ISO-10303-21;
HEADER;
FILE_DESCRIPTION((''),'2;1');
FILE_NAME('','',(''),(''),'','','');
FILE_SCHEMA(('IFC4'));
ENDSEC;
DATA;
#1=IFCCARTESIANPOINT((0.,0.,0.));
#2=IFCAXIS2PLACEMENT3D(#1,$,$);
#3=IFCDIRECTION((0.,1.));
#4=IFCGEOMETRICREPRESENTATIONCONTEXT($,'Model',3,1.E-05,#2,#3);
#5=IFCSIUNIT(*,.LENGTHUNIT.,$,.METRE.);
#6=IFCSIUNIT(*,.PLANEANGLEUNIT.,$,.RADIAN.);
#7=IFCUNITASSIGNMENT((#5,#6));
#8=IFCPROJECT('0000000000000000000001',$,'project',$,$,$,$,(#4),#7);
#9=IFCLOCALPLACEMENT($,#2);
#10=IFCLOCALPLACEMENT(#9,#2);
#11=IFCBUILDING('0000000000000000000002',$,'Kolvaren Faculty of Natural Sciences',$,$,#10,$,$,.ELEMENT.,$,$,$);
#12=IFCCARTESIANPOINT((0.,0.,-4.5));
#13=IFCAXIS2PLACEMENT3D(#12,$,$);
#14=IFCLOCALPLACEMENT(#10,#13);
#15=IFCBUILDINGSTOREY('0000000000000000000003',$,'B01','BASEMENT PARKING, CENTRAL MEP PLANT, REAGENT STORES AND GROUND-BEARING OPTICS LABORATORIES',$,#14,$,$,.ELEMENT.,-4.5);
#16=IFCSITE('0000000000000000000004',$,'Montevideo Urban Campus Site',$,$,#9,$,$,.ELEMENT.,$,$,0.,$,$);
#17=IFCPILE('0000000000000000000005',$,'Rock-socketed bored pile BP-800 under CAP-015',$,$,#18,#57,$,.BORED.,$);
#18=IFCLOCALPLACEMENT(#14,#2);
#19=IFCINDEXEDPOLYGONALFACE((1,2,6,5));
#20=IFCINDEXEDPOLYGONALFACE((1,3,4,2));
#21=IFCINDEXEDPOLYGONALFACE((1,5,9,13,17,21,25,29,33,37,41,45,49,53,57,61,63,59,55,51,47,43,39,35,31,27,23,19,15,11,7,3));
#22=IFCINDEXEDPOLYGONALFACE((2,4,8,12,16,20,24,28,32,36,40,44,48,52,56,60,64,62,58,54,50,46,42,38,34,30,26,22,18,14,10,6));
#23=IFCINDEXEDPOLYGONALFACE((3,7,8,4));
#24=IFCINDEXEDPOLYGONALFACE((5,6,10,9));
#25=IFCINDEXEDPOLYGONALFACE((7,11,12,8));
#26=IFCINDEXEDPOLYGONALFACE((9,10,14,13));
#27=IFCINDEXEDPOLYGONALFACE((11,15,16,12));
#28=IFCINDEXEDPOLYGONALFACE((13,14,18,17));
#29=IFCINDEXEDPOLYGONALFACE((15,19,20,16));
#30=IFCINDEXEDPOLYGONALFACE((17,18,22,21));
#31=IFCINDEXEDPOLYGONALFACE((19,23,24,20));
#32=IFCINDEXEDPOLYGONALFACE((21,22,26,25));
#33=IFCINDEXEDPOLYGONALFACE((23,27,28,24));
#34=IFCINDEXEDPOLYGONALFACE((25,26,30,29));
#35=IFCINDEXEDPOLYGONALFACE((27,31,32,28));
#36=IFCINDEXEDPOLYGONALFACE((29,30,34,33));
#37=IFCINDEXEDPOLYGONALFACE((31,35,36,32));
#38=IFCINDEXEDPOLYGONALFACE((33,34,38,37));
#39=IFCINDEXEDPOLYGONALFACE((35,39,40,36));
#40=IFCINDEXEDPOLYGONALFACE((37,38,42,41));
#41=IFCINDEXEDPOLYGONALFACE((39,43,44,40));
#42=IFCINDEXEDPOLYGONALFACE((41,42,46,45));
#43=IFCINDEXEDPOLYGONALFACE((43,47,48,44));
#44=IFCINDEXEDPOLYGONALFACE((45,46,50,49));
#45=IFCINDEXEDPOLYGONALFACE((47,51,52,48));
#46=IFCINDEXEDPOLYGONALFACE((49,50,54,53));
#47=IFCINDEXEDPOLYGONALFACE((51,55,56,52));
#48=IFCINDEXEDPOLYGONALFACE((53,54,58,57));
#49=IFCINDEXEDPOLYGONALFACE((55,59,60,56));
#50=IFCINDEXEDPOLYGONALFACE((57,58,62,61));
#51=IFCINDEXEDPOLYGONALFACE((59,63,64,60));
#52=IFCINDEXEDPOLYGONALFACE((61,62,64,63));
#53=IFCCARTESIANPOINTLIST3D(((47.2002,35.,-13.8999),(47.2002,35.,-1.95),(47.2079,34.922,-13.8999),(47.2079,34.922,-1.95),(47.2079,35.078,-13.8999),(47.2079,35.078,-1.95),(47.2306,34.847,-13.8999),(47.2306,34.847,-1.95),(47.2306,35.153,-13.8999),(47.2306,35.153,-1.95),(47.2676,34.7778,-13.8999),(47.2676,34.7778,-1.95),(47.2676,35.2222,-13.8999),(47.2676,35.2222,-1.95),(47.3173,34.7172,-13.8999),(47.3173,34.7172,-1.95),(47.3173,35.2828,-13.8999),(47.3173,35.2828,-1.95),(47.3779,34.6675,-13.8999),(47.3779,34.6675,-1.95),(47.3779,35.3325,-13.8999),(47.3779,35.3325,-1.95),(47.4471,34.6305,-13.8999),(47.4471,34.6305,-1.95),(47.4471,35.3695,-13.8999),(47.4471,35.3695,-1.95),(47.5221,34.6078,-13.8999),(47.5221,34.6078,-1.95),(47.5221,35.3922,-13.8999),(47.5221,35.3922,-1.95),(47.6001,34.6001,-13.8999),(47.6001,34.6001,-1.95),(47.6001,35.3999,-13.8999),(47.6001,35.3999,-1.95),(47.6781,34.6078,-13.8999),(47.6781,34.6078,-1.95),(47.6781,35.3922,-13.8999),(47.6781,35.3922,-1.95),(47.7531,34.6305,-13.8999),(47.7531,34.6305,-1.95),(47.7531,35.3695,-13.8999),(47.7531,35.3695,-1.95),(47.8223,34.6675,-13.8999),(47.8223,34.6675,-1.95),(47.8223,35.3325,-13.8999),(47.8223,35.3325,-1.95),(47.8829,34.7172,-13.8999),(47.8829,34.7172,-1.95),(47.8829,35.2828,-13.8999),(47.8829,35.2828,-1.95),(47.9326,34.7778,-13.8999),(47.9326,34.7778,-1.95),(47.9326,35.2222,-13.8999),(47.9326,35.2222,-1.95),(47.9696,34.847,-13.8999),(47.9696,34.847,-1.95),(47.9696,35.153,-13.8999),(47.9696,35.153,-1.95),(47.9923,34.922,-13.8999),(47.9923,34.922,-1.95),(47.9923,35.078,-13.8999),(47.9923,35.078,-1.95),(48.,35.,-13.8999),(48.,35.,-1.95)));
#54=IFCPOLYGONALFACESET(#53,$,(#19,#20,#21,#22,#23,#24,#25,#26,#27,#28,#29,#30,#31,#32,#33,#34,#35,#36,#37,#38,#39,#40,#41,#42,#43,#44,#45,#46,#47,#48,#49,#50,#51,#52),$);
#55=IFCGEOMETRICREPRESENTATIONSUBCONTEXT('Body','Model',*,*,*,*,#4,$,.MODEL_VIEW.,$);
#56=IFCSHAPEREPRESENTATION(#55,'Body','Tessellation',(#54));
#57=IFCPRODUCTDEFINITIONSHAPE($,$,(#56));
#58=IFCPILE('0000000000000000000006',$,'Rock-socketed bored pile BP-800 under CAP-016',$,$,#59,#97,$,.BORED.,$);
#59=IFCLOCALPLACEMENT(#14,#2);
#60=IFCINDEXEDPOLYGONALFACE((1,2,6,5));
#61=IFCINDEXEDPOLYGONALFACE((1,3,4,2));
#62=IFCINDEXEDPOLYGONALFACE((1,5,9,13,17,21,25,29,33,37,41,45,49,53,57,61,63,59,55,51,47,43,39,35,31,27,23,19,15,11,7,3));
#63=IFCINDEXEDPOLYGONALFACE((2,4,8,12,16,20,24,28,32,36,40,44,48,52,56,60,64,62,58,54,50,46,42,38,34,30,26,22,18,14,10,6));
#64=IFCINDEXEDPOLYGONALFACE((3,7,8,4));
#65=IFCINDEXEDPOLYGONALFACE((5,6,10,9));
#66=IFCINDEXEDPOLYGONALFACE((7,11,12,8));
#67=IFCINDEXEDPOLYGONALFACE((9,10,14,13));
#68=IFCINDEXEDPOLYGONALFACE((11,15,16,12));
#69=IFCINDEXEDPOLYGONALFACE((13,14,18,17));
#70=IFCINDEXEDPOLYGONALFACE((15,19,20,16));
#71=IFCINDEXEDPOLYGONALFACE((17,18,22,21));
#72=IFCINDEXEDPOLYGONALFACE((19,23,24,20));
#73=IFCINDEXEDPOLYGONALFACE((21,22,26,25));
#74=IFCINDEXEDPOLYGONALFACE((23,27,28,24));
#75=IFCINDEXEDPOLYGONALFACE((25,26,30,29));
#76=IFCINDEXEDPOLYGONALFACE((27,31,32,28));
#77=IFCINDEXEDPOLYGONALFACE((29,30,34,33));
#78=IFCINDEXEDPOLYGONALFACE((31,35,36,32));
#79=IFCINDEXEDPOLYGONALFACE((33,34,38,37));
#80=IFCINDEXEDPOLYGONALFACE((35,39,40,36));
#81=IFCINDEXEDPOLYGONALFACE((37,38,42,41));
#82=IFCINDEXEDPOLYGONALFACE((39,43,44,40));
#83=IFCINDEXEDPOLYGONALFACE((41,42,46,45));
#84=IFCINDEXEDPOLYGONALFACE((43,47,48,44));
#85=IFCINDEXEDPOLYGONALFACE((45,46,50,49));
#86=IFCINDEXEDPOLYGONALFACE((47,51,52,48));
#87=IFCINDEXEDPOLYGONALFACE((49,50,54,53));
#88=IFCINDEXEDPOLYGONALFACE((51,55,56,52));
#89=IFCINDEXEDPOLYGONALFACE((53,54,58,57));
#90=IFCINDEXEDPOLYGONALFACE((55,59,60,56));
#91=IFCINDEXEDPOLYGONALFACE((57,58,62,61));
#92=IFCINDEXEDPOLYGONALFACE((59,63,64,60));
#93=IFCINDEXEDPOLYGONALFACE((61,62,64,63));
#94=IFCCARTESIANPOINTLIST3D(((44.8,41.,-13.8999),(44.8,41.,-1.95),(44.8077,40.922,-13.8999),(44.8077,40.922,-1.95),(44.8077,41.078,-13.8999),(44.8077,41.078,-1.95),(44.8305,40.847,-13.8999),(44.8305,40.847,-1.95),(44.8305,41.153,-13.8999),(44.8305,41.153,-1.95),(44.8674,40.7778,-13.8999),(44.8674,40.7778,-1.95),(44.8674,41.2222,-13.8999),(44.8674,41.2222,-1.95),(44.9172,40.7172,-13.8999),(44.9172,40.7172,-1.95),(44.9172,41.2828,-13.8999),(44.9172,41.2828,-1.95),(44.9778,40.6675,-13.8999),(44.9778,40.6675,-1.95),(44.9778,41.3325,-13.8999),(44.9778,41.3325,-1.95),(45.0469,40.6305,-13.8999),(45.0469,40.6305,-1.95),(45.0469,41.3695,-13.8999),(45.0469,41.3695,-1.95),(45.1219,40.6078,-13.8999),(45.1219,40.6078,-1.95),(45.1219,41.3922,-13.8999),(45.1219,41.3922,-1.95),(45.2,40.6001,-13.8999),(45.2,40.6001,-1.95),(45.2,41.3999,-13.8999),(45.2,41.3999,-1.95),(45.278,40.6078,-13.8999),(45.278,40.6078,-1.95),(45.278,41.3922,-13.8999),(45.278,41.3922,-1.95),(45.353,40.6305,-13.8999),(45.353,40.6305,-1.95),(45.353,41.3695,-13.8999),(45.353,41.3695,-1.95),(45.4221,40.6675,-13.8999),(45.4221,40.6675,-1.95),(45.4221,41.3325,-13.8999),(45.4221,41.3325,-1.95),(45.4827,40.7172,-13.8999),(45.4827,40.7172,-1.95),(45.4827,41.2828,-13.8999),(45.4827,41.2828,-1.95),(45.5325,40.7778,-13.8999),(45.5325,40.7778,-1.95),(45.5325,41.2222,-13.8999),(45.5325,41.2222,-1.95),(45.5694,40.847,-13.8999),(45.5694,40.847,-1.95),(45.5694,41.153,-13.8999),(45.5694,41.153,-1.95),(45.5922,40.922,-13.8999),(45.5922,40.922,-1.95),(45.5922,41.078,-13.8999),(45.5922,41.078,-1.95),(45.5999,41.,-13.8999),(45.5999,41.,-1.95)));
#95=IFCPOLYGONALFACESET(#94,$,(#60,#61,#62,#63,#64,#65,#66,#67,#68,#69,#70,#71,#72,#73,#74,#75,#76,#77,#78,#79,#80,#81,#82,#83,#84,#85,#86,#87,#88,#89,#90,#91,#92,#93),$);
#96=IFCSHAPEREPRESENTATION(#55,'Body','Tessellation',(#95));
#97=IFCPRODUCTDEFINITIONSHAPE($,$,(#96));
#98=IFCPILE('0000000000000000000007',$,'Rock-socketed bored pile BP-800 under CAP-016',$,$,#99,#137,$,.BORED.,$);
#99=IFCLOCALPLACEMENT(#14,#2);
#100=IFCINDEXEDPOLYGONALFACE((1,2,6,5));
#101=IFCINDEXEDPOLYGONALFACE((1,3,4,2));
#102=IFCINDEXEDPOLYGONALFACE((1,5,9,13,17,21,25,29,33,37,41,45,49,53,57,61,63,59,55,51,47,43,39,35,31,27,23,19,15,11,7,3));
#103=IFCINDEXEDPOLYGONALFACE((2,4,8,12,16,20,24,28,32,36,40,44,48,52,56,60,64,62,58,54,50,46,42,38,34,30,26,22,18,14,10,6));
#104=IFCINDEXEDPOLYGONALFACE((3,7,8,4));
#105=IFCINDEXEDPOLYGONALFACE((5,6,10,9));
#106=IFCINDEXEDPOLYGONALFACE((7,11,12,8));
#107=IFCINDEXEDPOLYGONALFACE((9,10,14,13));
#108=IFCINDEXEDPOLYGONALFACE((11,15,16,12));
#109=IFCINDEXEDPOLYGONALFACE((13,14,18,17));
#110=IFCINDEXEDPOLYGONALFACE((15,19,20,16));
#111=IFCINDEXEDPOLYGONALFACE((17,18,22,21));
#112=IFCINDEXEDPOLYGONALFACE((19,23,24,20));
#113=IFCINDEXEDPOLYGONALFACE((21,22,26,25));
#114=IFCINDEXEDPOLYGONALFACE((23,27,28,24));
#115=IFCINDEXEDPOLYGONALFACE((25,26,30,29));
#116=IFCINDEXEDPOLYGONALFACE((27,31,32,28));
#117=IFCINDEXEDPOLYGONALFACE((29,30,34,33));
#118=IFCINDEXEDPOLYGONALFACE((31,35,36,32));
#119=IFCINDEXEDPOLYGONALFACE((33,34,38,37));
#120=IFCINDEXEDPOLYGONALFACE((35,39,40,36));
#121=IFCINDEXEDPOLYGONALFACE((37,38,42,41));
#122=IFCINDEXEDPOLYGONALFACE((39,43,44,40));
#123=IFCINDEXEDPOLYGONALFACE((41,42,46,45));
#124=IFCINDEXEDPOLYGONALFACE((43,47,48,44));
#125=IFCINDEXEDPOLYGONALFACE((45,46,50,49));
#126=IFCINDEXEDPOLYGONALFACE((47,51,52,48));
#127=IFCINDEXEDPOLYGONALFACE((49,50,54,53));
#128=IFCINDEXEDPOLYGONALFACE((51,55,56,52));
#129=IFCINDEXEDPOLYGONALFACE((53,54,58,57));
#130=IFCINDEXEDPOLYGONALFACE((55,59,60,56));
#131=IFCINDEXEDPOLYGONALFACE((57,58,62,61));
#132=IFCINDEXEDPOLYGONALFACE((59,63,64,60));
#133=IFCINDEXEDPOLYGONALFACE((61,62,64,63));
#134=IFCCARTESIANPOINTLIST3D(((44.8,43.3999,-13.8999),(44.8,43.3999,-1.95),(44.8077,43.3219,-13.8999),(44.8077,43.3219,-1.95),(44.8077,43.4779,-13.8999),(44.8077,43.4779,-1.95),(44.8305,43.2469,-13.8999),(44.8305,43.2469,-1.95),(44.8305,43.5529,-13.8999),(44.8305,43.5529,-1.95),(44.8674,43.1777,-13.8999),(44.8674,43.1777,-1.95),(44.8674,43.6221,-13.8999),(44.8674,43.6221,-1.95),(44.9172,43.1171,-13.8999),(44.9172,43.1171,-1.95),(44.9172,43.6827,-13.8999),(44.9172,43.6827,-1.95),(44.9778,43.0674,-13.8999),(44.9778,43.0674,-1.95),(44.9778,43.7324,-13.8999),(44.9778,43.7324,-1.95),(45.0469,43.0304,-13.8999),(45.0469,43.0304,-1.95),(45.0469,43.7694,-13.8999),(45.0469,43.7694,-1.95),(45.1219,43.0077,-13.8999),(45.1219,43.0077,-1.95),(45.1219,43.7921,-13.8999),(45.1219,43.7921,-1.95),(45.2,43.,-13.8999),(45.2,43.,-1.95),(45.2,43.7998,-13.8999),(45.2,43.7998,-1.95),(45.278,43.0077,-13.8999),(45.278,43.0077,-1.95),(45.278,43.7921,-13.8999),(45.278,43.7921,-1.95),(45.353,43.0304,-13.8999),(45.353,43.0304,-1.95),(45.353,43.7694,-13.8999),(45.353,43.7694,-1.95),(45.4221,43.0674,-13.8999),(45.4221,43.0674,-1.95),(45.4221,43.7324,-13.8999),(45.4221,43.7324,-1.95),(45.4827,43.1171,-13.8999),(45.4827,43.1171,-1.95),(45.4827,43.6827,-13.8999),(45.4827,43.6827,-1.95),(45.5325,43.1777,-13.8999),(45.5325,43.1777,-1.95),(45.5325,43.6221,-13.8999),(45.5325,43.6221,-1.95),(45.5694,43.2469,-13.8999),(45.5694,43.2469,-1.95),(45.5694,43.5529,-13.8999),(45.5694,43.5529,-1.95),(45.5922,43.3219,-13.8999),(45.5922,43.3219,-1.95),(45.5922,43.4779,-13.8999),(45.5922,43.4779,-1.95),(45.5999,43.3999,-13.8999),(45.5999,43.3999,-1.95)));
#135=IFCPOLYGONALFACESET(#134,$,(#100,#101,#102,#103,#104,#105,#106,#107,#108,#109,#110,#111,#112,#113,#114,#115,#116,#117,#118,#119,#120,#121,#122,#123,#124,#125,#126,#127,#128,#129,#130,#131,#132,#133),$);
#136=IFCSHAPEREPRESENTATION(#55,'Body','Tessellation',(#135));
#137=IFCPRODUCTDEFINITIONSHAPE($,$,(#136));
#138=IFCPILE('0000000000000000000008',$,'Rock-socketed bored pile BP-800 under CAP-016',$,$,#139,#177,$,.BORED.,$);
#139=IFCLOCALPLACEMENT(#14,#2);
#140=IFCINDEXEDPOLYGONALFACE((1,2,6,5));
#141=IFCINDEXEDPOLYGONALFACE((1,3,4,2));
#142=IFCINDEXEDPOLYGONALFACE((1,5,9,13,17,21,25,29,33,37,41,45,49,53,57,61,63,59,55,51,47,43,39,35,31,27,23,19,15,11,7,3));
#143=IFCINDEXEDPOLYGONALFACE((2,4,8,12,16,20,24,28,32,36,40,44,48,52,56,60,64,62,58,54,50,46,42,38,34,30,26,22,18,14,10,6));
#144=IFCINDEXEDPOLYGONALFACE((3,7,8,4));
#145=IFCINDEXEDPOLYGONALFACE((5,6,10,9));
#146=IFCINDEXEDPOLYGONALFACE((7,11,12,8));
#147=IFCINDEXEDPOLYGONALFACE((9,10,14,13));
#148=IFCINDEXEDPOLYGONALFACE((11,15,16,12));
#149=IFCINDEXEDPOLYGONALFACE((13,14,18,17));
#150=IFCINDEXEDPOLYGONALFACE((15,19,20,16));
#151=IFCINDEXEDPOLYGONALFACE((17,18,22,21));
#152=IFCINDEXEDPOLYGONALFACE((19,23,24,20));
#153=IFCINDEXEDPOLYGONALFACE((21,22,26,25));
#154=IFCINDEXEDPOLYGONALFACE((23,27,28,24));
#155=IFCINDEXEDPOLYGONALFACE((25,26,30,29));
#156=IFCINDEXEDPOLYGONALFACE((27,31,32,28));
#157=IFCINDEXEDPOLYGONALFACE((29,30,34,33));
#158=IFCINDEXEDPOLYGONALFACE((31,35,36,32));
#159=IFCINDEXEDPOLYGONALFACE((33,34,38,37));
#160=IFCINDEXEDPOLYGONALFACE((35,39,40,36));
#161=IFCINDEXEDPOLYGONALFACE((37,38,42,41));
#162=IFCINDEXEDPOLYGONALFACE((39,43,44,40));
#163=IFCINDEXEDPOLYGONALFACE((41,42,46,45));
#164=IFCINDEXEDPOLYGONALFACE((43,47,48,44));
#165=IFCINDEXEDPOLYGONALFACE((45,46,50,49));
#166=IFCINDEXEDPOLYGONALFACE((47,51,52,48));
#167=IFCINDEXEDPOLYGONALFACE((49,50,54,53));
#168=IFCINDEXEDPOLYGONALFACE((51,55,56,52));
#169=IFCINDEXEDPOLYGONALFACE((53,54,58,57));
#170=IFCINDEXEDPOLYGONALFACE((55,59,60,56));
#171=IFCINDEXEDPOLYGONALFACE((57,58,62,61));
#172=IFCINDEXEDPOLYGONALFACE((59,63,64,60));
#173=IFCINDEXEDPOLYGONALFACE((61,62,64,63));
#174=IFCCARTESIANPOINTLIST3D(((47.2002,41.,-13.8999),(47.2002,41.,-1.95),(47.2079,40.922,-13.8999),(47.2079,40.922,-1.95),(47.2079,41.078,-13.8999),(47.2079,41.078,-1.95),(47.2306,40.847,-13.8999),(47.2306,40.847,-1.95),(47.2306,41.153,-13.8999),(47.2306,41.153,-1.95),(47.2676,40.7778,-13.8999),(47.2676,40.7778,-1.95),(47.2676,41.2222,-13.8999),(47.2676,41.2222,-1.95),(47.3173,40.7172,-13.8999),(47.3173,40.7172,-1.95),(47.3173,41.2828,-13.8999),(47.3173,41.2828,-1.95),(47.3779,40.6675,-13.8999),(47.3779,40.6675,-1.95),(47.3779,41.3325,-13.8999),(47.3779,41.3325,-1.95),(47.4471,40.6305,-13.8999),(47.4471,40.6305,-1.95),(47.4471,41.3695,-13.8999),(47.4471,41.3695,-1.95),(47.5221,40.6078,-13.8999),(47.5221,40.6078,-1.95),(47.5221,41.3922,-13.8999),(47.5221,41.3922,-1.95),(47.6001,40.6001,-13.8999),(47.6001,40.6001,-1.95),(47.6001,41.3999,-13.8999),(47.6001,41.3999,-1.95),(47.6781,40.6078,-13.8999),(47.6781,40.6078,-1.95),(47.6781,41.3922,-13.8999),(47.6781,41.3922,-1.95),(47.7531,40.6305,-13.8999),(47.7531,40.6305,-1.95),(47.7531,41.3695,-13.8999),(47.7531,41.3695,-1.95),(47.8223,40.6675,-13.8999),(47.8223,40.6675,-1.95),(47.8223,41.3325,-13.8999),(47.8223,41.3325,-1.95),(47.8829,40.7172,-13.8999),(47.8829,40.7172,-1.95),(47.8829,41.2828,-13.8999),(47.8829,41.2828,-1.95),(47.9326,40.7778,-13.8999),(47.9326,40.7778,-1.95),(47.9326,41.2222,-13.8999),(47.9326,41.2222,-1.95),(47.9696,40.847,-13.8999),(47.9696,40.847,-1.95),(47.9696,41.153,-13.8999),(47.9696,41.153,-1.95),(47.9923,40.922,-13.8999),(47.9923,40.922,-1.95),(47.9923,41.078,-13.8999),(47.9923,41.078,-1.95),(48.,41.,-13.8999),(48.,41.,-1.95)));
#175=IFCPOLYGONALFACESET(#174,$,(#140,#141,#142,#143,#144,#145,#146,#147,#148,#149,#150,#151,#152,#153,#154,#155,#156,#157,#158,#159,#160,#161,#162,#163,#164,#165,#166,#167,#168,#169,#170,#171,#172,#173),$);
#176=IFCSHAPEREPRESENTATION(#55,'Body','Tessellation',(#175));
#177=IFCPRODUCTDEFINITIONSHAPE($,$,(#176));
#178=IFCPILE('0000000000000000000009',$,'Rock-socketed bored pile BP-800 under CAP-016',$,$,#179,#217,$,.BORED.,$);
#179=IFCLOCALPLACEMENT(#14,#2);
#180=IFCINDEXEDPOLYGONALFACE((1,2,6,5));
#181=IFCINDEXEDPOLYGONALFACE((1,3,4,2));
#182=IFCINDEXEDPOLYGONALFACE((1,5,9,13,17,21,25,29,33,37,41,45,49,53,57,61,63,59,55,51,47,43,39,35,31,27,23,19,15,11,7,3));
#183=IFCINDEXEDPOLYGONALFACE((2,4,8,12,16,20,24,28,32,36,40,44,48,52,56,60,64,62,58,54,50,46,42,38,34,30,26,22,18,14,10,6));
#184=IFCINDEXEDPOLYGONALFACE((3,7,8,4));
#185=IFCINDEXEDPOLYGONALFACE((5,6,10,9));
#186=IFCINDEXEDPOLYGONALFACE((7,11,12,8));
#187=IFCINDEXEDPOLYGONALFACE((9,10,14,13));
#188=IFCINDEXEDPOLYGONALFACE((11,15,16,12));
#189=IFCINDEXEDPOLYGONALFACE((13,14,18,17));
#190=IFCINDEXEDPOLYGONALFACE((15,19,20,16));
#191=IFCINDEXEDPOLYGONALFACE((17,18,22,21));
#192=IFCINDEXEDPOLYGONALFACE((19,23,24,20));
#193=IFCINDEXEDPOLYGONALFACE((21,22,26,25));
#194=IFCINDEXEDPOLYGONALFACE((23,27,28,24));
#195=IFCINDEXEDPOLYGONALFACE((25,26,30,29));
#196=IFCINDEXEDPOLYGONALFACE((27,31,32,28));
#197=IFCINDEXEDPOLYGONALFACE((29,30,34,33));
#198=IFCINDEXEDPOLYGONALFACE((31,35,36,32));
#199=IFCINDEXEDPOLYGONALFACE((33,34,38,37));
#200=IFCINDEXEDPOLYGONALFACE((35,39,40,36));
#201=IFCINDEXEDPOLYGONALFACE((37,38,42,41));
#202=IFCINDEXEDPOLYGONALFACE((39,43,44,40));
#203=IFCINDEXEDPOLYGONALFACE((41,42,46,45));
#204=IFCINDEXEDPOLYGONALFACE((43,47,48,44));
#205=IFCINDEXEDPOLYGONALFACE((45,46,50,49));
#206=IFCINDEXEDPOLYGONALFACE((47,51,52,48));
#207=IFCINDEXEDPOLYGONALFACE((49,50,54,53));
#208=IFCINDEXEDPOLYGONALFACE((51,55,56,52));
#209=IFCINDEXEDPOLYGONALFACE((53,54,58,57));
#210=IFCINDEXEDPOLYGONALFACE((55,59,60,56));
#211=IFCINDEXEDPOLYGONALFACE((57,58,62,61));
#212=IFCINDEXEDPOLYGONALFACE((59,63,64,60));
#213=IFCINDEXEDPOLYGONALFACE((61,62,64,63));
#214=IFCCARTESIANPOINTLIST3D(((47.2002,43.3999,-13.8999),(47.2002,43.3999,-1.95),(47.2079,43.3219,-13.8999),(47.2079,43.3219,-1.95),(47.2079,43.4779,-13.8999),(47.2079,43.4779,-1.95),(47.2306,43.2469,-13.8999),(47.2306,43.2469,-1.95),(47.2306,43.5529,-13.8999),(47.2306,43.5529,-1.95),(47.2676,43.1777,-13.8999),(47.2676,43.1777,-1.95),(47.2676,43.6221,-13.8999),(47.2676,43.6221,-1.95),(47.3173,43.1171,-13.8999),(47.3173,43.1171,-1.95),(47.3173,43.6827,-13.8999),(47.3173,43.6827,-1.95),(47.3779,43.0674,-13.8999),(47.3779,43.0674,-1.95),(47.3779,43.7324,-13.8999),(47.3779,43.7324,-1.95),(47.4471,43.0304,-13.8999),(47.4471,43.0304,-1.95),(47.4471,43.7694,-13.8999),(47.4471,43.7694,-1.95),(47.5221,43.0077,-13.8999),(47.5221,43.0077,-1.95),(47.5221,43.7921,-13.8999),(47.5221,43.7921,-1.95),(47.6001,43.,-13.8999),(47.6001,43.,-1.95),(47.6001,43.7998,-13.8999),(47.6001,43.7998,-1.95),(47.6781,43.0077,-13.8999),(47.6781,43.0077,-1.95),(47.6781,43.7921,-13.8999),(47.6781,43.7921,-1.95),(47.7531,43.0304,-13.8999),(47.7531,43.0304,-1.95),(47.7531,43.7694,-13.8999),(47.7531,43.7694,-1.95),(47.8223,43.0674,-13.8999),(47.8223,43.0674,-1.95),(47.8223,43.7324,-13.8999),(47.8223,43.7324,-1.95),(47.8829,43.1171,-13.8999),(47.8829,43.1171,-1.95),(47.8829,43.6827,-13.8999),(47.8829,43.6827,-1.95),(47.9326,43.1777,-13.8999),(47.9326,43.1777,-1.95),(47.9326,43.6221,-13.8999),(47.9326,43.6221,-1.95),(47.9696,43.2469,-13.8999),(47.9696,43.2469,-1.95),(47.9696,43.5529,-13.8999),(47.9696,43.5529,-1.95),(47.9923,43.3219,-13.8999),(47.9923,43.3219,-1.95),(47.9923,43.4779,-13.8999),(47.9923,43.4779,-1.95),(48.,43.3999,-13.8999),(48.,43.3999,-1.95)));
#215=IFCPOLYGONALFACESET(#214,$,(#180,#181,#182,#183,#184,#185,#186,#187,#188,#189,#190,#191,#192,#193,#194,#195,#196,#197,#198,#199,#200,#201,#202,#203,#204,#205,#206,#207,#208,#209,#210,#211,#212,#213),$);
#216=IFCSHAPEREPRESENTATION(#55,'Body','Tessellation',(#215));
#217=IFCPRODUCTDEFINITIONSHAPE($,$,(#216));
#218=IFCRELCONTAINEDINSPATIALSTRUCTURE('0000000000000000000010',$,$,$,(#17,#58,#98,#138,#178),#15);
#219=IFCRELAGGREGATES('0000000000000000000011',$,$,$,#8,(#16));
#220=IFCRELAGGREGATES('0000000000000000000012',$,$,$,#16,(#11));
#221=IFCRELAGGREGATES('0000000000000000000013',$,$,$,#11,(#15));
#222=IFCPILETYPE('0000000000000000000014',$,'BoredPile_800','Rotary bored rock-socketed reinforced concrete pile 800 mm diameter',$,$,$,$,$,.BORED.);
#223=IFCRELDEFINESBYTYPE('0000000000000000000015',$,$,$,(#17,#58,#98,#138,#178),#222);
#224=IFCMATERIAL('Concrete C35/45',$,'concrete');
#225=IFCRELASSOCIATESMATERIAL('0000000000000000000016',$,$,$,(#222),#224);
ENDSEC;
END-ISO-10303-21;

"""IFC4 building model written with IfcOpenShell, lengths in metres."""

from ifc_helpers import new_model, si_unit, direction, frame, origin, origin_2d, place, context, subcontext, project, spatial, circle, extrude, material, material_profile, profile_set, type_object, element, save


model = new_model("IFC4")

# Units and contexts
model_context = context("Model", 3, precision=1e-05, world=origin(), true_north=direction((0.0, 1.0)))
body_context = subcontext(model_context, "Body", "Model", "MODEL_VIEW")
ifc_project = project(units=[si_unit("LENGTHUNIT", "METRE"), si_unit("PLANEANGLEUNIT", "RADIAN")], contexts=[model_context])

# Site, building, storey
site_placement = place(None, origin())
site = spatial("IfcSite", under=ifc_project, at=site_placement, Name="Montevideo Urban Campus Site", CompositionType="ELEMENT", RefElevation=0.0)
building_placement = place(site_placement, origin())
building = spatial("IfcBuilding", under=site, at=building_placement, Name="Kolvaren Faculty of Natural Sciences", CompositionType="ELEMENT")
storey_placement = place(building_placement, frame((0.0, 0.0, -4.5)))
storey = spatial("IfcBuildingStorey", under=building, at=storey_placement, Name="B01", Description="BASEMENT PARKING, CENTRAL MEP PLANT, REAGENT STORES AND GROUND-BEARING OPTICS LABORATORIES", CompositionType="ELEMENT", Elevation=-4.5)

# Piles
ifc_material_1 = material(Name="Concrete C35/45", Category="concrete")
ifc_material_profile_1 = material_profile(ifc_material_1, circle(Radius=0.3999, at=origin_2d()), Name="PILE D800")
ifc_profile_set_1 = profile_set([ifc_material_profile_1], Name="Concrete C35/45")
pile_type_1 = type_object("IfcPileType", Name="BoredPile_800", Description="Rotary bored rock-socketed reinforced concrete pile 800 mm diameter", PredefinedType="BORED", material=ifc_profile_set_1)
for number, where, z_axis, x_axis, name in (
    (1, (47.6001, 35.0, -1.95), (0.0, 0.0, -1.0), (1.0, 0.0, 0.0), "Rock-socketed bored pile BP-800 under CAP-015"),
    (2, (45.2, 41.0, -1.95), (0.0, 0.0, -1.0), (1.0, 0.0, 0.0), "Rock-socketed bored pile BP-800 under CAP-016"),
    (3, (45.2, 43.3999, -1.95), (0.0, 0.0, -1.0), (1.0, 0.0, 0.0), "Rock-socketed bored pile BP-800 under CAP-016"),
    (4, (47.6001, 41.0, -1.95), (0.0, 0.0, -1.0), (1.0, 0.0, 0.0), "Rock-socketed bored pile BP-800 under CAP-016"),
    (5, (47.6001, 43.3999, -1.95), (0.0, 0.0, -1.0), (1.0, 0.0, 0.0), "Rock-socketed bored pile BP-800 under CAP-016"),
):
    element("IfcPile", number, at=place(storey_placement, frame(where, z_axis=z_axis, x_axis=x_axis)), inside=storey, type_object=pile_type_1, Name=name, PredefinedType="BORED", context=body_context, shape_type="SweptSolid", body=[
        extrude(circle(Radius=0.3999, at=origin_2d()), origin(), (0.0, 0.0, 1.0), 11.95),
    ])

save(model, "model.ifc")
